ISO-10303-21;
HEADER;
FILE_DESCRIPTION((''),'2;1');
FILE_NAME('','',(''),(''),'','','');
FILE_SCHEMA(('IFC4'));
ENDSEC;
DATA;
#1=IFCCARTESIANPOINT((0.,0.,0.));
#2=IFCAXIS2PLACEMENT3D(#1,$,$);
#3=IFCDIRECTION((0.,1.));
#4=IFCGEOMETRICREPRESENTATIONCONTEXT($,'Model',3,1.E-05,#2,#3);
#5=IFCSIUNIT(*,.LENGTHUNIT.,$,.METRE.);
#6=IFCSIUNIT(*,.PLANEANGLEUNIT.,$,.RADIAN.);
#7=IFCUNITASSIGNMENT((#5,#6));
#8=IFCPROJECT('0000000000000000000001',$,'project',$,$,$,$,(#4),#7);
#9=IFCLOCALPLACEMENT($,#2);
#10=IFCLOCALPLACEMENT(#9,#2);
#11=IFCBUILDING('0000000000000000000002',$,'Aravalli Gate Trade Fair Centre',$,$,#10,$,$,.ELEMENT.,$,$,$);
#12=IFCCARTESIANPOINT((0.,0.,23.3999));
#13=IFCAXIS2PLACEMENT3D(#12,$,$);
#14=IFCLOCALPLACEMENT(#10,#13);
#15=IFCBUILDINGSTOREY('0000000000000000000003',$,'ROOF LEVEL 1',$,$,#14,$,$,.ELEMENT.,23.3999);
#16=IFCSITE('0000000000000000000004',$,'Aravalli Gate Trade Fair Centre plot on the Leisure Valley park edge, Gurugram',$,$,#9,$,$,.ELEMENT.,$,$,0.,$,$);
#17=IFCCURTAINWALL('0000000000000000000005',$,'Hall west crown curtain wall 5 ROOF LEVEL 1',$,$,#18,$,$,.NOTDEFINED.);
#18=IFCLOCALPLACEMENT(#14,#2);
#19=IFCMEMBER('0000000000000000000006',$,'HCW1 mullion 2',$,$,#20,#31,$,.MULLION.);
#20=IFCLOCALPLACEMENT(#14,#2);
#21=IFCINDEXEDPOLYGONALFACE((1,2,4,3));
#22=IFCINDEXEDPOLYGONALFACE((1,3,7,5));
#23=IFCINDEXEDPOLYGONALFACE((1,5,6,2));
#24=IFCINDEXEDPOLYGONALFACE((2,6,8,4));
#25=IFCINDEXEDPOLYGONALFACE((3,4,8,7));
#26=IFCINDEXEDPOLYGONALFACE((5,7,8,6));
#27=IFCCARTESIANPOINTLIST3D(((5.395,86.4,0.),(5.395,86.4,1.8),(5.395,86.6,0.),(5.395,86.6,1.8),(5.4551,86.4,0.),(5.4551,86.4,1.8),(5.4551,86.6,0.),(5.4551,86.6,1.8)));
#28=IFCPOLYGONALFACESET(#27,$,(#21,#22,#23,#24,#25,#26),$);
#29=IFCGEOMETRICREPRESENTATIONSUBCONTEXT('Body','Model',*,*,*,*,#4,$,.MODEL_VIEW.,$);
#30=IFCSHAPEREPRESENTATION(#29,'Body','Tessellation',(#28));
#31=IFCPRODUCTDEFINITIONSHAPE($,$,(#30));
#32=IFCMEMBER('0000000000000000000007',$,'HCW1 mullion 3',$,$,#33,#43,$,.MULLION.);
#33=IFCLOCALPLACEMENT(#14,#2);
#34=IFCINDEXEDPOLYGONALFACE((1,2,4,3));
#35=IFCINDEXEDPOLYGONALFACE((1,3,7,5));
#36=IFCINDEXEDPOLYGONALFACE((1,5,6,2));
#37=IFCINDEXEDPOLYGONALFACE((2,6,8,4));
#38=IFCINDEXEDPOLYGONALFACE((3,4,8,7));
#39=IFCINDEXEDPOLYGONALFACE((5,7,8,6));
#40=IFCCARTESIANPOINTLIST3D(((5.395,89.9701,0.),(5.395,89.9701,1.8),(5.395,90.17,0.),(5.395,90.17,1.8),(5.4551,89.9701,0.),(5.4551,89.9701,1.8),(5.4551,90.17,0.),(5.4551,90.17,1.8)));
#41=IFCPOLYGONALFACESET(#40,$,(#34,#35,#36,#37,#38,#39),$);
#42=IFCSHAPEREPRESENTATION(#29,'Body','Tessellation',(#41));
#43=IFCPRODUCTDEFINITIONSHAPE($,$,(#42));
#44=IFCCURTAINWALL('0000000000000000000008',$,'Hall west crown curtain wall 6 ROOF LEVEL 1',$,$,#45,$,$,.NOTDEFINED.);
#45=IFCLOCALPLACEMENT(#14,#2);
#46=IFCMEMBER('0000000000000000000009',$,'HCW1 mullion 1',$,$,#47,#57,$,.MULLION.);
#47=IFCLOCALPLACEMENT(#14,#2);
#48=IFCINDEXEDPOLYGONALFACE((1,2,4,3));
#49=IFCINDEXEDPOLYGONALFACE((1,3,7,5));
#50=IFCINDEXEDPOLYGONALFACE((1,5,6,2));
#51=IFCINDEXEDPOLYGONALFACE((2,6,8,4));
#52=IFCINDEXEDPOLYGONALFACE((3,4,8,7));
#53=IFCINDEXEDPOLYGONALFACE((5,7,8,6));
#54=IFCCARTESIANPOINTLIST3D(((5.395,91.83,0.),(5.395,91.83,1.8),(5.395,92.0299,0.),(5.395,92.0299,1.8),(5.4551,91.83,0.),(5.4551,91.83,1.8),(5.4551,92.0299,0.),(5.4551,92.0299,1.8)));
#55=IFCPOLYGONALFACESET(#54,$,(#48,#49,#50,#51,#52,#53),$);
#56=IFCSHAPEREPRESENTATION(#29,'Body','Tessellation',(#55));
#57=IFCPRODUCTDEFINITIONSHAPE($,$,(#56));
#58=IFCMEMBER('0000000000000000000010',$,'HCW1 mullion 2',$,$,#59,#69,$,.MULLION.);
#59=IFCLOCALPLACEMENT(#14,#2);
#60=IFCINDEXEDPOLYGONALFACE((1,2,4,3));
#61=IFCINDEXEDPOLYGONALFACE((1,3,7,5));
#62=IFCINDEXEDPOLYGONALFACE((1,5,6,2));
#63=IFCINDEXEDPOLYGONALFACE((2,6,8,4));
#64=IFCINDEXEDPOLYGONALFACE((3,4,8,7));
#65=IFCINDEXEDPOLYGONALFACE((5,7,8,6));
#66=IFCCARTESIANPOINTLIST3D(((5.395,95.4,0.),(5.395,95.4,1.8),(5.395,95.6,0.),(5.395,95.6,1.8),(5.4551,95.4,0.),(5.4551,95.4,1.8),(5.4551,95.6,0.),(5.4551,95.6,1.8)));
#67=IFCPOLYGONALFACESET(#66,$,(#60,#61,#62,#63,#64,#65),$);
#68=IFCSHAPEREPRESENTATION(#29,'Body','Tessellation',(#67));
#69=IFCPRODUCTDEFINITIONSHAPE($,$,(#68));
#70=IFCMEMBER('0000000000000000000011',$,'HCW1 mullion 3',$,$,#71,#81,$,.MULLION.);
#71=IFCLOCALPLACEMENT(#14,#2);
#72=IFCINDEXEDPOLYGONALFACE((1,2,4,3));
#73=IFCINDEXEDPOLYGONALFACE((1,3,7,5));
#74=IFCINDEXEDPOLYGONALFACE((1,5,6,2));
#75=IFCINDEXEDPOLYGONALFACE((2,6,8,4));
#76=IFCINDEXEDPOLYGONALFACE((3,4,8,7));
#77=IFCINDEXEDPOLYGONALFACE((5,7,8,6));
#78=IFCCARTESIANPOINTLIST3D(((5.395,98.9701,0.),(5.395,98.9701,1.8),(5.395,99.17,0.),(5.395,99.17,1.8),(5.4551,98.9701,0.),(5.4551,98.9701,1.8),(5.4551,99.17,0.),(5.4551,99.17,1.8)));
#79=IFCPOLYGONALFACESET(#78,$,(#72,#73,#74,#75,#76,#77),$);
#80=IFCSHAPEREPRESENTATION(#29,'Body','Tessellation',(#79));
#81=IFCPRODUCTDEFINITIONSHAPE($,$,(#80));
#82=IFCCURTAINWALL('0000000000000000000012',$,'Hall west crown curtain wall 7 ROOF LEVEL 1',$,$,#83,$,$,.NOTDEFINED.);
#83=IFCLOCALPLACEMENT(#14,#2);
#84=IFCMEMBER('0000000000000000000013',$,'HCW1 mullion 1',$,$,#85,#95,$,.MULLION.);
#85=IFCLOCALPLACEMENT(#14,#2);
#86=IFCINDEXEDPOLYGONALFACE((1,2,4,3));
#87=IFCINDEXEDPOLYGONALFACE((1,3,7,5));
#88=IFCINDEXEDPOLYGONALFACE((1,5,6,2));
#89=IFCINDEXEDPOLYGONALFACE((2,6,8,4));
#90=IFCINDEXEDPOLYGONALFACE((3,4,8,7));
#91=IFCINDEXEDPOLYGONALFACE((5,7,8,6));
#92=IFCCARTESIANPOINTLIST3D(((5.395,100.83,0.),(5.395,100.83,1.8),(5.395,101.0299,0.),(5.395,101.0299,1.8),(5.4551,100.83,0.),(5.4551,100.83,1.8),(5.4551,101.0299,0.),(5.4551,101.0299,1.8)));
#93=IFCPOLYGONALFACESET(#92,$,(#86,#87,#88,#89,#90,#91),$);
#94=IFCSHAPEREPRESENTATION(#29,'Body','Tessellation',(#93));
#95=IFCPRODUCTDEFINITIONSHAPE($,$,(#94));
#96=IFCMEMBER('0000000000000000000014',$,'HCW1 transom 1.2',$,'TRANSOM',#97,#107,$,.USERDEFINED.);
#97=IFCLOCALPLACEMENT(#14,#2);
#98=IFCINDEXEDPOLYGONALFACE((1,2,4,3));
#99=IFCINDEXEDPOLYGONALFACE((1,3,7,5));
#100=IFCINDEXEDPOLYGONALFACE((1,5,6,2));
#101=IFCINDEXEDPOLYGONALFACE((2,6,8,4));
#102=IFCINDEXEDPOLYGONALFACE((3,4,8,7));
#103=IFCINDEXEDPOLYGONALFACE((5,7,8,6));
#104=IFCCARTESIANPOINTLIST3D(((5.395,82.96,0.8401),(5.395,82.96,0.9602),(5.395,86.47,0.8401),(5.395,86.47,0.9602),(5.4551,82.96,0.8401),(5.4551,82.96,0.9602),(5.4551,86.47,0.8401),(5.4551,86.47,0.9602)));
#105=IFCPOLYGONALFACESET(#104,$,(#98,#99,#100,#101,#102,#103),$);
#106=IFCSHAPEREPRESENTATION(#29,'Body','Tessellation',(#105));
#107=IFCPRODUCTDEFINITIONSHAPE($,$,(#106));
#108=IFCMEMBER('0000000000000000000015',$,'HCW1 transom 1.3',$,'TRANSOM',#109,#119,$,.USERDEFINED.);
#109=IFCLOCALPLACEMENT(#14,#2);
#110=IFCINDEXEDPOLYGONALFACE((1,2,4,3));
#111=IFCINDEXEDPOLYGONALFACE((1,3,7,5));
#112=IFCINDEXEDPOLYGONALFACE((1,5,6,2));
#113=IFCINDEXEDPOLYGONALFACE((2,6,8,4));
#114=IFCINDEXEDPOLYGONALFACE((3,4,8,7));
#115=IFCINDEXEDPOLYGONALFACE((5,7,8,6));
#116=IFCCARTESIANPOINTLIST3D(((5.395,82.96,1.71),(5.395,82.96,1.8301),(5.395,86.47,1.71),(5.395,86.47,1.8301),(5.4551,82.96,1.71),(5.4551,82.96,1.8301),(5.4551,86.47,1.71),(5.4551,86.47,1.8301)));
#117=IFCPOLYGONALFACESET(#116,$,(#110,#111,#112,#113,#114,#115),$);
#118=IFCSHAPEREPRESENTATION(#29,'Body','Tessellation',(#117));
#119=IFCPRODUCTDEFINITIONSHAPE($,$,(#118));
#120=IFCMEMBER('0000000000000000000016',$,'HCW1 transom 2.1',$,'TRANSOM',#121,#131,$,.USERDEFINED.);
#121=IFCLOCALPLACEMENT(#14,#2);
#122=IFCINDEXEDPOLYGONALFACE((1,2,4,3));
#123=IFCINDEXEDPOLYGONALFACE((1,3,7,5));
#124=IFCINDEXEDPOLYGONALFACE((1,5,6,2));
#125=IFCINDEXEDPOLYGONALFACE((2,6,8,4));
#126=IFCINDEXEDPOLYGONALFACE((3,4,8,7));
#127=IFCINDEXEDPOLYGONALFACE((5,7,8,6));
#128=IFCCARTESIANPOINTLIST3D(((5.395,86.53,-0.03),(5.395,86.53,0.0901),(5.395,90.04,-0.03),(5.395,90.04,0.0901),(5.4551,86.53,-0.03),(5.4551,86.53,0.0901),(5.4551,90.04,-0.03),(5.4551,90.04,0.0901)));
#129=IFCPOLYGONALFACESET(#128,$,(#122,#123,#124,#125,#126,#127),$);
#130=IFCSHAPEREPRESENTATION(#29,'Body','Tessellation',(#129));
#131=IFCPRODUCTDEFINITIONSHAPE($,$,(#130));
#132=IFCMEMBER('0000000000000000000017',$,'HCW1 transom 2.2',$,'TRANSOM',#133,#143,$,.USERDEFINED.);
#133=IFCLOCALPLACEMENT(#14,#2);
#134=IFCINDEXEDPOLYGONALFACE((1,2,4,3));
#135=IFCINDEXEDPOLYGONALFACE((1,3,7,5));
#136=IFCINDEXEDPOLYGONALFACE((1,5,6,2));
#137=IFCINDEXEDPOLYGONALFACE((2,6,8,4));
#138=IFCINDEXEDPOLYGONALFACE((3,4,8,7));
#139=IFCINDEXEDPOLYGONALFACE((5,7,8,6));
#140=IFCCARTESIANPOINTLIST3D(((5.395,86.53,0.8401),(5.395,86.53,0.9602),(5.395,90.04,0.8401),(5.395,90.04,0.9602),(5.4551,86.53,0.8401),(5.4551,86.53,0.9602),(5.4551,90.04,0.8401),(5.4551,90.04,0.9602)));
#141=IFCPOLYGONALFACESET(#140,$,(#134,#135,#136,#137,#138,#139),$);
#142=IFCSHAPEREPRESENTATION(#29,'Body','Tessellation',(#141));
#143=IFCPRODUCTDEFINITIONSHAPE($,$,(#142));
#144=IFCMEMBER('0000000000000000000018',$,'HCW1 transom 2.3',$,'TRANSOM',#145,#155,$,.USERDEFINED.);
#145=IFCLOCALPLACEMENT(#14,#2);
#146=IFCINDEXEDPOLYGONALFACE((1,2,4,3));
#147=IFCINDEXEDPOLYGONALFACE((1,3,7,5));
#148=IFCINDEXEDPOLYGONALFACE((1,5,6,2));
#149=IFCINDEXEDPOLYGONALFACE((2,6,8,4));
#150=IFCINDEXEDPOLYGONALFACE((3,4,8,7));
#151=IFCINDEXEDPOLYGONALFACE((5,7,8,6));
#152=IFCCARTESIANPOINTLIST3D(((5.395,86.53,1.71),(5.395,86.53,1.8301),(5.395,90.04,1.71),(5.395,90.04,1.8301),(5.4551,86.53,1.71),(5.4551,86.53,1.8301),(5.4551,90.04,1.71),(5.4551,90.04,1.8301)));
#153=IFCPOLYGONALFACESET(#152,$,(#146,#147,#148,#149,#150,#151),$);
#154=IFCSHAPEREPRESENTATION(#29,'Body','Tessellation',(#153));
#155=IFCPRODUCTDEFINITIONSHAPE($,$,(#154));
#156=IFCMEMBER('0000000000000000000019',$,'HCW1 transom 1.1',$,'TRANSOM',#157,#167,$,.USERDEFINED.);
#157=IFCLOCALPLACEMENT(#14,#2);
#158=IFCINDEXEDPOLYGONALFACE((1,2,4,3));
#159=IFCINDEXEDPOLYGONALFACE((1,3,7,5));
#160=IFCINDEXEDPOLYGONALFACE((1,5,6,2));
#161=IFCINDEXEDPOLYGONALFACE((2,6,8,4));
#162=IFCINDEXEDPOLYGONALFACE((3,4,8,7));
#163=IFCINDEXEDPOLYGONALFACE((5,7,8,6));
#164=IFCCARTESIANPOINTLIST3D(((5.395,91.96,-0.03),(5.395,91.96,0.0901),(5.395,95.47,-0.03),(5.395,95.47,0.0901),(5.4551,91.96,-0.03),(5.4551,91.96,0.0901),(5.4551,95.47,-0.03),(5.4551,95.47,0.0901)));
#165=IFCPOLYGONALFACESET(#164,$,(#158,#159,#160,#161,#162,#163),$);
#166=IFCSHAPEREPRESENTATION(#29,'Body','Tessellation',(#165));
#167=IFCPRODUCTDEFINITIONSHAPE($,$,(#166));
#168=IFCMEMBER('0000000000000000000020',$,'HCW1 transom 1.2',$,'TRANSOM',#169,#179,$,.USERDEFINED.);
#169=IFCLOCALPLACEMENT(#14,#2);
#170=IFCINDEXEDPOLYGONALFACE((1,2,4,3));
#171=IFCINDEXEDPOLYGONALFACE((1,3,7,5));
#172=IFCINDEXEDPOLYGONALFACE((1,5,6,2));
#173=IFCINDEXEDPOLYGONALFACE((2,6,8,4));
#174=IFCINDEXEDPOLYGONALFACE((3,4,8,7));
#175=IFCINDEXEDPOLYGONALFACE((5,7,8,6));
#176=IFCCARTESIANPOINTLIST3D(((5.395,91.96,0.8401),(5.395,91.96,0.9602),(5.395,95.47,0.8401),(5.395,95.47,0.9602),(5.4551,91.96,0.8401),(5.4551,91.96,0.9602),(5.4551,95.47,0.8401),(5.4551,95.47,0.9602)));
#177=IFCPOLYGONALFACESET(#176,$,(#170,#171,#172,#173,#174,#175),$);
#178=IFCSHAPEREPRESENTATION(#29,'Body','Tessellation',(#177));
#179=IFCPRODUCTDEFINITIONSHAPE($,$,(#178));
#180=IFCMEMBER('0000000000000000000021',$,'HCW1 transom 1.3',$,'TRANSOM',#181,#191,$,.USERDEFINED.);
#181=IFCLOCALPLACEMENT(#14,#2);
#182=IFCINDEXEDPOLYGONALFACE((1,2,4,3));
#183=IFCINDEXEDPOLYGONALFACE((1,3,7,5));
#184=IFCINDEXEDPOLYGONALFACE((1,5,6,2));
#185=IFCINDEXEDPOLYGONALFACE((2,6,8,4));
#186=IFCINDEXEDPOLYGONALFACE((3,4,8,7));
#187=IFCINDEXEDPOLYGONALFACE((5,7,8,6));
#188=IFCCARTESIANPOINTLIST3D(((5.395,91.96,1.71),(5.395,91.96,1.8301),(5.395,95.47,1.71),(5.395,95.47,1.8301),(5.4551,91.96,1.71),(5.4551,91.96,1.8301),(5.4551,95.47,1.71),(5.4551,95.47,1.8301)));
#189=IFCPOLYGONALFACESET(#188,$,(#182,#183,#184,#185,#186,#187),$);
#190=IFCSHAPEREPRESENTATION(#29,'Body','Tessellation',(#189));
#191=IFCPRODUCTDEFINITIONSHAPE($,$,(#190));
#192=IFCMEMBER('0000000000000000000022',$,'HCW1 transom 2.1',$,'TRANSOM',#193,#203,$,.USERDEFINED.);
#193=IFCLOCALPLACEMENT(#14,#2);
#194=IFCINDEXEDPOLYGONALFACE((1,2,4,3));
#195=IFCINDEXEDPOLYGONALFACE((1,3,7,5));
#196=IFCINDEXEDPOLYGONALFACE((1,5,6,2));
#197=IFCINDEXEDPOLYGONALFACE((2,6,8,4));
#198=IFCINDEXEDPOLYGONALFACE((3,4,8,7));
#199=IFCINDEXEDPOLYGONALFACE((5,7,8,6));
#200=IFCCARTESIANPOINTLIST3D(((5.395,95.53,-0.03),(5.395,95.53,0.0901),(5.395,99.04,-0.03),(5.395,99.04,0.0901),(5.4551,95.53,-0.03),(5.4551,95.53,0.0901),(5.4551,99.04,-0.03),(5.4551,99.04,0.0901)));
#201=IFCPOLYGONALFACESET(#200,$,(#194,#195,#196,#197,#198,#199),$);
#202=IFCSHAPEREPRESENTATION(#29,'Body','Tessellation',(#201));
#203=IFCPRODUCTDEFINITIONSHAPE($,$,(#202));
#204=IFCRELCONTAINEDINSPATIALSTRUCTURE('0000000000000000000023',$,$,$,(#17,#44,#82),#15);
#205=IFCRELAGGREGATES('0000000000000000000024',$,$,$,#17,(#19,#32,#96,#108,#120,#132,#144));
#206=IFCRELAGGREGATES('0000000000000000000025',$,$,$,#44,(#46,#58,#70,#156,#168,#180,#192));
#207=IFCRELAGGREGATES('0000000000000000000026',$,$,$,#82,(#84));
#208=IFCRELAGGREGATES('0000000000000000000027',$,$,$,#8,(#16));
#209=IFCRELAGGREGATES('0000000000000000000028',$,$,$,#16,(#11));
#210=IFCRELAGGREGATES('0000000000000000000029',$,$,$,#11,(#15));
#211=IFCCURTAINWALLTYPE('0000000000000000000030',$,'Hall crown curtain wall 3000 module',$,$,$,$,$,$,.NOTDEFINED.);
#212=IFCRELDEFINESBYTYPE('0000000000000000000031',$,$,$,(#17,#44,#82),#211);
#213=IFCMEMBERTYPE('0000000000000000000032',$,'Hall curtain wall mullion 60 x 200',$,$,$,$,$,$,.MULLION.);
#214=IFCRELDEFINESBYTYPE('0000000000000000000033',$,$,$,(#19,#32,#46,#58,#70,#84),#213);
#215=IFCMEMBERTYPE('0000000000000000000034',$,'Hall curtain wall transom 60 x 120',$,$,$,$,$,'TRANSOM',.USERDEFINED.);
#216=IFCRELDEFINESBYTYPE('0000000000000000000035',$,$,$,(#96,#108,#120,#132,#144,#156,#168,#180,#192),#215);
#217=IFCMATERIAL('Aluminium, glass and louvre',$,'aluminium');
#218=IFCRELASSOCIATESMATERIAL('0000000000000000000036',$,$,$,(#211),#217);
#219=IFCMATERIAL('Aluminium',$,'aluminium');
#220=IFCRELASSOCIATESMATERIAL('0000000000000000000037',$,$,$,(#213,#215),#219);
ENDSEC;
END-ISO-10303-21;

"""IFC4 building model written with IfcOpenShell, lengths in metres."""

from ifc_helpers import new_model, si_unit, direction, frame, origin, origin_2d, place, context, subcontext, project, spatial, rectangle, extrude, material, material_profile, profile_set, type_object, element, aggregate, save


model = new_model("IFC4")

# Units and contexts
model_context = context("Model", 3, precision=1e-05, world=origin(), true_north=direction((0.0, 1.0)))
body_context = subcontext(model_context, "Body", "Model", "MODEL_VIEW")
ifc_project = project(units=[si_unit("LENGTHUNIT", "METRE"), si_unit("PLANEANGLEUNIT", "RADIAN")], contexts=[model_context])

# Site, building, storey
site_placement = place(None, origin())
site = spatial("IfcSite", under=ifc_project, at=site_placement, Name="Aravalli Gate Trade Fair Centre plot on the Leisure Valley park edge, Gurugram", CompositionType="ELEMENT", RefElevation=0.0)
building_placement = place(site_placement, origin())
building = spatial("IfcBuilding", under=site, at=building_placement, Name="Aravalli Gate Trade Fair Centre", CompositionType="ELEMENT")
storey_placement = place(building_placement, frame((0.0, 0.0, 23.3999)))
storey = spatial("IfcBuildingStorey", under=building, at=storey_placement, Name="ROOF LEVEL 1", CompositionType="ELEMENT", Elevation=23.3999)

# Curtain walls, members
ifc_material_1 = material(Name="Aluminium, glass and louvre", Category="aluminium")
curtain_wall_type = type_object("IfcCurtainWallType", Name="Hall crown curtain wall 3000 module", PredefinedType="NOTDEFINED", material=ifc_material_1)
curtain_wall_1_placement = place(storey_placement, origin())
curtain_wall_1 = element("IfcCurtainWall", 1, at=curtain_wall_1_placement, inside=storey, type_object=curtain_wall_type, Name="Hall west crown curtain wall 5 ROOF LEVEL 1", PredefinedType="NOTDEFINED")
ifc_material_2 = material(Name="Aluminium", Category="aluminium")
ifc_material_profile_1 = material_profile(ifc_material_2, rectangle(XDim=0.0601, YDim=0.2, at=origin_2d()), Name="Hall curtain wall mullion 60 x 200")
ifc_profile_set_1 = profile_set([ifc_material_profile_1], Name="Aluminium")
member_type_1 = type_object("IfcMemberType", Name="Hall curtain wall mullion 60 x 200", PredefinedType="MULLION", material=ifc_profile_set_1)
member_1_placement = place(storey_placement, frame((5.425, 86.5, 0.0), z_axis=(0.0, 0.0, 1.0), x_axis=(-1.0, 0.0, 0.0)))
member_1 = element("IfcMember", 2, at=member_1_placement, type_object=member_type_1, Name="HCW1 mullion 2", PredefinedType="MULLION", context=body_context, shape_type="SweptSolid", body=[
    extrude(rectangle(XDim=0.0601, YDim=0.2, at=origin_2d()), origin(), (0.0, 0.0, 1.0), 1.8),
])
member_2_placement = place(storey_placement, frame((5.425, 90.0701, 0.0), z_axis=(0.0, 0.0, 1.0), x_axis=(-1.0, 0.0, 0.0)))
member_2 = element("IfcMember", 3, at=member_2_placement, type_object=member_type_1, Name="HCW1 mullion 3", PredefinedType="MULLION", context=body_context, shape_type="SweptSolid", body=[
    extrude(rectangle(XDim=0.0601, YDim=0.2, at=origin_2d()), origin(), (0.0, 0.0, 1.0), 1.8),
])
curtain_wall_2_placement = place(storey_placement, origin())
curtain_wall_2 = element("IfcCurtainWall", 4, at=curtain_wall_2_placement, inside=storey, type_object=curtain_wall_type, Name="Hall west crown curtain wall 6 ROOF LEVEL 1", PredefinedType="NOTDEFINED")
member_3_placement = place(storey_placement, frame((5.425, 91.9299, 0.0), z_axis=(0.0, 0.0, 1.0), x_axis=(-1.0, 0.0, 0.0)))
member_3 = element("IfcMember", 5, at=member_3_placement, type_object=member_type_1, Name="HCW1 mullion 1", PredefinedType="MULLION", context=body_context, shape_type="SweptSolid", body=[
    extrude(rectangle(XDim=0.0601, YDim=0.2, at=origin_2d()), origin(), (0.0, 0.0, 1.0), 1.8),
])
member_4_placement = place(storey_placement, frame((5.425, 95.5, 0.0), z_axis=(0.0, 0.0, 1.0), x_axis=(-1.0, 0.0, 0.0)))
member_4 = element("IfcMember", 6, at=member_4_placement, type_object=member_type_1, Name="HCW1 mullion 2", PredefinedType="MULLION", context=body_context, shape_type="SweptSolid", body=[
    extrude(rectangle(XDim=0.0601, YDim=0.2, at=origin_2d()), origin(), (0.0, 0.0, 1.0), 1.8),
])
member_5_placement = place(storey_placement, frame((5.425, 99.0701, 0.0), z_axis=(0.0, 0.0, 1.0), x_axis=(-1.0, 0.0, 0.0)))
member_5 = element("IfcMember", 7, at=member_5_placement, type_object=member_type_1, Name="HCW1 mullion 3", PredefinedType="MULLION", context=body_context, shape_type="SweptSolid", body=[
    extrude(rectangle(XDim=0.0601, YDim=0.2, at=origin_2d()), origin(), (0.0, 0.0, 1.0), 1.8),
])

# Curtain wall, member
curtain_wall_3_placement = place(storey_placement, origin())
curtain_wall_3 = element("IfcCurtainWall", 8, at=curtain_wall_3_placement, inside=storey, type_object=curtain_wall_type, Name="Hall west crown curtain wall 7 ROOF LEVEL 1", PredefinedType="NOTDEFINED")
member_6_placement = place(storey_placement, frame((5.425, 100.9299, 0.0), z_axis=(0.0, 0.0, 1.0), x_axis=(-1.0, 0.0, 0.0)))
member_6 = element("IfcMember", 9, at=member_6_placement, type_object=member_type_1, Name="HCW1 mullion 1", PredefinedType="MULLION", context=body_context, shape_type="SweptSolid", body=[
    extrude(rectangle(XDim=0.0601, YDim=0.2, at=origin_2d()), origin(), (0.0, 0.0, 1.0), 1.8),
])

# Members
ifc_material_profile_2 = material_profile(ifc_material_2, rectangle(XDim=0.0601, YDim=0.1201, at=origin_2d()), Name="Hall curtain wall transom 60 x 120")
ifc_profile_set_2 = profile_set([ifc_material_profile_2], Name="Aluminium")
member_type_2 = type_object("IfcMemberType", Name="Hall curtain wall transom 60 x 120", ElementType="TRANSOM", PredefinedType="USERDEFINED", material=ifc_profile_set_2)
member_7_placement = place(storey_placement, frame((5.425, 82.96, 0.9001), z_axis=(0.0, 1.0, 0.0), x_axis=(-1.0, 0.0, 0.0)))
member_7 = element("IfcMember", 10, at=member_7_placement, type_object=member_type_2, Name="HCW1 transom 1.2", ObjectType="TRANSOM", PredefinedType="USERDEFINED", context=body_context, shape_type="SweptSolid", body=[
    extrude(rectangle(XDim=0.0601, YDim=0.1201, at=origin_2d()), origin(), (0.0, 0.0, 1.0), 3.51),
])
member_8_placement = place(storey_placement, frame((5.425, 82.96, 1.77), z_axis=(0.0, 1.0, 0.0), x_axis=(-1.0, 0.0, 0.0)))
member_8 = element("IfcMember", 11, at=member_8_placement, type_object=member_type_2, Name="HCW1 transom 1.3", ObjectType="TRANSOM", PredefinedType="USERDEFINED", context=body_context, shape_type="SweptSolid", body=[
    extrude(rectangle(XDim=0.0601, YDim=0.1201, at=origin_2d()), origin(), (0.0, 0.0, 1.0), 3.51),
])
member_9_placement = place(storey_placement, frame((5.425, 86.53, 0.03), z_axis=(0.0, 1.0, 0.0), x_axis=(-1.0, 0.0, 0.0)))
member_9 = element("IfcMember", 12, at=member_9_placement, type_object=member_type_2, Name="HCW1 transom 2.1", ObjectType="TRANSOM", PredefinedType="USERDEFINED", context=body_context, shape_type="SweptSolid", body=[
    extrude(rectangle(XDim=0.0601, YDim=0.1201, at=origin_2d()), origin(), (0.0, 0.0, 1.0), 3.51),
])
member_10_placement = place(storey_placement, frame((5.425, 86.53, 0.9001), z_axis=(0.0, 1.0, 0.0), x_axis=(-1.0, 0.0, 0.0)))
member_10 = element("IfcMember", 13, at=member_10_placement, type_object=member_type_2, Name="HCW1 transom 2.2", ObjectType="TRANSOM", PredefinedType="USERDEFINED", context=body_context, shape_type="SweptSolid", body=[
    extrude(rectangle(XDim=0.0601, YDim=0.1201, at=origin_2d()), origin(), (0.0, 0.0, 1.0), 3.51),
])
member_11_placement = place(storey_placement, frame((5.425, 86.53, 1.77), z_axis=(0.0, 1.0, 0.0), x_axis=(-1.0, 0.0, 0.0)))
member_11 = element("IfcMember", 14, at=member_11_placement, type_object=member_type_2, Name="HCW1 transom 2.3", ObjectType="TRANSOM", PredefinedType="USERDEFINED", context=body_context, shape_type="SweptSolid", body=[
    extrude(rectangle(XDim=0.0601, YDim=0.1201, at=origin_2d()), origin(), (0.0, 0.0, 1.0), 3.51),
])
member_12_placement = place(storey_placement, frame((5.425, 91.96, 0.03), z_axis=(0.0, 1.0, 0.0), x_axis=(-1.0, 0.0, 0.0)))
member_12 = element("IfcMember", 15, at=member_12_placement, type_object=member_type_2, Name="HCW1 transom 1.1", ObjectType="TRANSOM", PredefinedType="USERDEFINED", context=body_context, shape_type="SweptSolid", body=[
    extrude(rectangle(XDim=0.0601, YDim=0.1201, at=origin_2d()), origin(), (0.0, 0.0, 1.0), 3.51),
])
member_13_placement = place(storey_placement, frame((5.425, 91.96, 0.9001), z_axis=(0.0, 1.0, 0.0), x_axis=(-1.0, 0.0, 0.0)))
member_13 = element("IfcMember", 16, at=member_13_placement, type_object=member_type_2, Name="HCW1 transom 1.2", ObjectType="TRANSOM", PredefinedType="USERDEFINED", context=body_context, shape_type="SweptSolid", body=[
    extrude(rectangle(XDim=0.0601, YDim=0.1201, at=origin_2d()), origin(), (0.0, 0.0, 1.0), 3.51),
])
member_14_placement = place(storey_placement, frame((5.425, 91.96, 1.77), z_axis=(0.0, 1.0, 0.0), x_axis=(-1.0, 0.0, 0.0)))
member_14 = element("IfcMember", 17, at=member_14_placement, type_object=member_type_2, Name="HCW1 transom 1.3", ObjectType="TRANSOM", PredefinedType="USERDEFINED", context=body_context, shape_type="SweptSolid", body=[
    extrude(rectangle(XDim=0.0601, YDim=0.1201, at=origin_2d()), origin(), (0.0, 0.0, 1.0), 3.51),
])
member_15_placement = place(storey_placement, frame((5.425, 95.53, 0.03), z_axis=(0.0, 1.0, 0.0), x_axis=(-1.0, 0.0, 0.0)))
member_15 = element("IfcMember", 18, at=member_15_placement, type_object=member_type_2, Name="HCW1 transom 2.1", ObjectType="TRANSOM", PredefinedType="USERDEFINED", context=body_context, shape_type="SweptSolid", body=[
    extrude(rectangle(XDim=0.0601, YDim=0.1201, at=origin_2d()), origin(), (0.0, 0.0, 1.0), 3.51),
])

aggregate(curtain_wall_1, [member_1, member_2, member_7, member_8, member_9, member_10, member_11])
aggregate(curtain_wall_2, [member_3, member_4, member_5, member_12, member_13, member_14, member_15])
aggregate(curtain_wall_3, [member_6])

save(model, "model.ifc")
